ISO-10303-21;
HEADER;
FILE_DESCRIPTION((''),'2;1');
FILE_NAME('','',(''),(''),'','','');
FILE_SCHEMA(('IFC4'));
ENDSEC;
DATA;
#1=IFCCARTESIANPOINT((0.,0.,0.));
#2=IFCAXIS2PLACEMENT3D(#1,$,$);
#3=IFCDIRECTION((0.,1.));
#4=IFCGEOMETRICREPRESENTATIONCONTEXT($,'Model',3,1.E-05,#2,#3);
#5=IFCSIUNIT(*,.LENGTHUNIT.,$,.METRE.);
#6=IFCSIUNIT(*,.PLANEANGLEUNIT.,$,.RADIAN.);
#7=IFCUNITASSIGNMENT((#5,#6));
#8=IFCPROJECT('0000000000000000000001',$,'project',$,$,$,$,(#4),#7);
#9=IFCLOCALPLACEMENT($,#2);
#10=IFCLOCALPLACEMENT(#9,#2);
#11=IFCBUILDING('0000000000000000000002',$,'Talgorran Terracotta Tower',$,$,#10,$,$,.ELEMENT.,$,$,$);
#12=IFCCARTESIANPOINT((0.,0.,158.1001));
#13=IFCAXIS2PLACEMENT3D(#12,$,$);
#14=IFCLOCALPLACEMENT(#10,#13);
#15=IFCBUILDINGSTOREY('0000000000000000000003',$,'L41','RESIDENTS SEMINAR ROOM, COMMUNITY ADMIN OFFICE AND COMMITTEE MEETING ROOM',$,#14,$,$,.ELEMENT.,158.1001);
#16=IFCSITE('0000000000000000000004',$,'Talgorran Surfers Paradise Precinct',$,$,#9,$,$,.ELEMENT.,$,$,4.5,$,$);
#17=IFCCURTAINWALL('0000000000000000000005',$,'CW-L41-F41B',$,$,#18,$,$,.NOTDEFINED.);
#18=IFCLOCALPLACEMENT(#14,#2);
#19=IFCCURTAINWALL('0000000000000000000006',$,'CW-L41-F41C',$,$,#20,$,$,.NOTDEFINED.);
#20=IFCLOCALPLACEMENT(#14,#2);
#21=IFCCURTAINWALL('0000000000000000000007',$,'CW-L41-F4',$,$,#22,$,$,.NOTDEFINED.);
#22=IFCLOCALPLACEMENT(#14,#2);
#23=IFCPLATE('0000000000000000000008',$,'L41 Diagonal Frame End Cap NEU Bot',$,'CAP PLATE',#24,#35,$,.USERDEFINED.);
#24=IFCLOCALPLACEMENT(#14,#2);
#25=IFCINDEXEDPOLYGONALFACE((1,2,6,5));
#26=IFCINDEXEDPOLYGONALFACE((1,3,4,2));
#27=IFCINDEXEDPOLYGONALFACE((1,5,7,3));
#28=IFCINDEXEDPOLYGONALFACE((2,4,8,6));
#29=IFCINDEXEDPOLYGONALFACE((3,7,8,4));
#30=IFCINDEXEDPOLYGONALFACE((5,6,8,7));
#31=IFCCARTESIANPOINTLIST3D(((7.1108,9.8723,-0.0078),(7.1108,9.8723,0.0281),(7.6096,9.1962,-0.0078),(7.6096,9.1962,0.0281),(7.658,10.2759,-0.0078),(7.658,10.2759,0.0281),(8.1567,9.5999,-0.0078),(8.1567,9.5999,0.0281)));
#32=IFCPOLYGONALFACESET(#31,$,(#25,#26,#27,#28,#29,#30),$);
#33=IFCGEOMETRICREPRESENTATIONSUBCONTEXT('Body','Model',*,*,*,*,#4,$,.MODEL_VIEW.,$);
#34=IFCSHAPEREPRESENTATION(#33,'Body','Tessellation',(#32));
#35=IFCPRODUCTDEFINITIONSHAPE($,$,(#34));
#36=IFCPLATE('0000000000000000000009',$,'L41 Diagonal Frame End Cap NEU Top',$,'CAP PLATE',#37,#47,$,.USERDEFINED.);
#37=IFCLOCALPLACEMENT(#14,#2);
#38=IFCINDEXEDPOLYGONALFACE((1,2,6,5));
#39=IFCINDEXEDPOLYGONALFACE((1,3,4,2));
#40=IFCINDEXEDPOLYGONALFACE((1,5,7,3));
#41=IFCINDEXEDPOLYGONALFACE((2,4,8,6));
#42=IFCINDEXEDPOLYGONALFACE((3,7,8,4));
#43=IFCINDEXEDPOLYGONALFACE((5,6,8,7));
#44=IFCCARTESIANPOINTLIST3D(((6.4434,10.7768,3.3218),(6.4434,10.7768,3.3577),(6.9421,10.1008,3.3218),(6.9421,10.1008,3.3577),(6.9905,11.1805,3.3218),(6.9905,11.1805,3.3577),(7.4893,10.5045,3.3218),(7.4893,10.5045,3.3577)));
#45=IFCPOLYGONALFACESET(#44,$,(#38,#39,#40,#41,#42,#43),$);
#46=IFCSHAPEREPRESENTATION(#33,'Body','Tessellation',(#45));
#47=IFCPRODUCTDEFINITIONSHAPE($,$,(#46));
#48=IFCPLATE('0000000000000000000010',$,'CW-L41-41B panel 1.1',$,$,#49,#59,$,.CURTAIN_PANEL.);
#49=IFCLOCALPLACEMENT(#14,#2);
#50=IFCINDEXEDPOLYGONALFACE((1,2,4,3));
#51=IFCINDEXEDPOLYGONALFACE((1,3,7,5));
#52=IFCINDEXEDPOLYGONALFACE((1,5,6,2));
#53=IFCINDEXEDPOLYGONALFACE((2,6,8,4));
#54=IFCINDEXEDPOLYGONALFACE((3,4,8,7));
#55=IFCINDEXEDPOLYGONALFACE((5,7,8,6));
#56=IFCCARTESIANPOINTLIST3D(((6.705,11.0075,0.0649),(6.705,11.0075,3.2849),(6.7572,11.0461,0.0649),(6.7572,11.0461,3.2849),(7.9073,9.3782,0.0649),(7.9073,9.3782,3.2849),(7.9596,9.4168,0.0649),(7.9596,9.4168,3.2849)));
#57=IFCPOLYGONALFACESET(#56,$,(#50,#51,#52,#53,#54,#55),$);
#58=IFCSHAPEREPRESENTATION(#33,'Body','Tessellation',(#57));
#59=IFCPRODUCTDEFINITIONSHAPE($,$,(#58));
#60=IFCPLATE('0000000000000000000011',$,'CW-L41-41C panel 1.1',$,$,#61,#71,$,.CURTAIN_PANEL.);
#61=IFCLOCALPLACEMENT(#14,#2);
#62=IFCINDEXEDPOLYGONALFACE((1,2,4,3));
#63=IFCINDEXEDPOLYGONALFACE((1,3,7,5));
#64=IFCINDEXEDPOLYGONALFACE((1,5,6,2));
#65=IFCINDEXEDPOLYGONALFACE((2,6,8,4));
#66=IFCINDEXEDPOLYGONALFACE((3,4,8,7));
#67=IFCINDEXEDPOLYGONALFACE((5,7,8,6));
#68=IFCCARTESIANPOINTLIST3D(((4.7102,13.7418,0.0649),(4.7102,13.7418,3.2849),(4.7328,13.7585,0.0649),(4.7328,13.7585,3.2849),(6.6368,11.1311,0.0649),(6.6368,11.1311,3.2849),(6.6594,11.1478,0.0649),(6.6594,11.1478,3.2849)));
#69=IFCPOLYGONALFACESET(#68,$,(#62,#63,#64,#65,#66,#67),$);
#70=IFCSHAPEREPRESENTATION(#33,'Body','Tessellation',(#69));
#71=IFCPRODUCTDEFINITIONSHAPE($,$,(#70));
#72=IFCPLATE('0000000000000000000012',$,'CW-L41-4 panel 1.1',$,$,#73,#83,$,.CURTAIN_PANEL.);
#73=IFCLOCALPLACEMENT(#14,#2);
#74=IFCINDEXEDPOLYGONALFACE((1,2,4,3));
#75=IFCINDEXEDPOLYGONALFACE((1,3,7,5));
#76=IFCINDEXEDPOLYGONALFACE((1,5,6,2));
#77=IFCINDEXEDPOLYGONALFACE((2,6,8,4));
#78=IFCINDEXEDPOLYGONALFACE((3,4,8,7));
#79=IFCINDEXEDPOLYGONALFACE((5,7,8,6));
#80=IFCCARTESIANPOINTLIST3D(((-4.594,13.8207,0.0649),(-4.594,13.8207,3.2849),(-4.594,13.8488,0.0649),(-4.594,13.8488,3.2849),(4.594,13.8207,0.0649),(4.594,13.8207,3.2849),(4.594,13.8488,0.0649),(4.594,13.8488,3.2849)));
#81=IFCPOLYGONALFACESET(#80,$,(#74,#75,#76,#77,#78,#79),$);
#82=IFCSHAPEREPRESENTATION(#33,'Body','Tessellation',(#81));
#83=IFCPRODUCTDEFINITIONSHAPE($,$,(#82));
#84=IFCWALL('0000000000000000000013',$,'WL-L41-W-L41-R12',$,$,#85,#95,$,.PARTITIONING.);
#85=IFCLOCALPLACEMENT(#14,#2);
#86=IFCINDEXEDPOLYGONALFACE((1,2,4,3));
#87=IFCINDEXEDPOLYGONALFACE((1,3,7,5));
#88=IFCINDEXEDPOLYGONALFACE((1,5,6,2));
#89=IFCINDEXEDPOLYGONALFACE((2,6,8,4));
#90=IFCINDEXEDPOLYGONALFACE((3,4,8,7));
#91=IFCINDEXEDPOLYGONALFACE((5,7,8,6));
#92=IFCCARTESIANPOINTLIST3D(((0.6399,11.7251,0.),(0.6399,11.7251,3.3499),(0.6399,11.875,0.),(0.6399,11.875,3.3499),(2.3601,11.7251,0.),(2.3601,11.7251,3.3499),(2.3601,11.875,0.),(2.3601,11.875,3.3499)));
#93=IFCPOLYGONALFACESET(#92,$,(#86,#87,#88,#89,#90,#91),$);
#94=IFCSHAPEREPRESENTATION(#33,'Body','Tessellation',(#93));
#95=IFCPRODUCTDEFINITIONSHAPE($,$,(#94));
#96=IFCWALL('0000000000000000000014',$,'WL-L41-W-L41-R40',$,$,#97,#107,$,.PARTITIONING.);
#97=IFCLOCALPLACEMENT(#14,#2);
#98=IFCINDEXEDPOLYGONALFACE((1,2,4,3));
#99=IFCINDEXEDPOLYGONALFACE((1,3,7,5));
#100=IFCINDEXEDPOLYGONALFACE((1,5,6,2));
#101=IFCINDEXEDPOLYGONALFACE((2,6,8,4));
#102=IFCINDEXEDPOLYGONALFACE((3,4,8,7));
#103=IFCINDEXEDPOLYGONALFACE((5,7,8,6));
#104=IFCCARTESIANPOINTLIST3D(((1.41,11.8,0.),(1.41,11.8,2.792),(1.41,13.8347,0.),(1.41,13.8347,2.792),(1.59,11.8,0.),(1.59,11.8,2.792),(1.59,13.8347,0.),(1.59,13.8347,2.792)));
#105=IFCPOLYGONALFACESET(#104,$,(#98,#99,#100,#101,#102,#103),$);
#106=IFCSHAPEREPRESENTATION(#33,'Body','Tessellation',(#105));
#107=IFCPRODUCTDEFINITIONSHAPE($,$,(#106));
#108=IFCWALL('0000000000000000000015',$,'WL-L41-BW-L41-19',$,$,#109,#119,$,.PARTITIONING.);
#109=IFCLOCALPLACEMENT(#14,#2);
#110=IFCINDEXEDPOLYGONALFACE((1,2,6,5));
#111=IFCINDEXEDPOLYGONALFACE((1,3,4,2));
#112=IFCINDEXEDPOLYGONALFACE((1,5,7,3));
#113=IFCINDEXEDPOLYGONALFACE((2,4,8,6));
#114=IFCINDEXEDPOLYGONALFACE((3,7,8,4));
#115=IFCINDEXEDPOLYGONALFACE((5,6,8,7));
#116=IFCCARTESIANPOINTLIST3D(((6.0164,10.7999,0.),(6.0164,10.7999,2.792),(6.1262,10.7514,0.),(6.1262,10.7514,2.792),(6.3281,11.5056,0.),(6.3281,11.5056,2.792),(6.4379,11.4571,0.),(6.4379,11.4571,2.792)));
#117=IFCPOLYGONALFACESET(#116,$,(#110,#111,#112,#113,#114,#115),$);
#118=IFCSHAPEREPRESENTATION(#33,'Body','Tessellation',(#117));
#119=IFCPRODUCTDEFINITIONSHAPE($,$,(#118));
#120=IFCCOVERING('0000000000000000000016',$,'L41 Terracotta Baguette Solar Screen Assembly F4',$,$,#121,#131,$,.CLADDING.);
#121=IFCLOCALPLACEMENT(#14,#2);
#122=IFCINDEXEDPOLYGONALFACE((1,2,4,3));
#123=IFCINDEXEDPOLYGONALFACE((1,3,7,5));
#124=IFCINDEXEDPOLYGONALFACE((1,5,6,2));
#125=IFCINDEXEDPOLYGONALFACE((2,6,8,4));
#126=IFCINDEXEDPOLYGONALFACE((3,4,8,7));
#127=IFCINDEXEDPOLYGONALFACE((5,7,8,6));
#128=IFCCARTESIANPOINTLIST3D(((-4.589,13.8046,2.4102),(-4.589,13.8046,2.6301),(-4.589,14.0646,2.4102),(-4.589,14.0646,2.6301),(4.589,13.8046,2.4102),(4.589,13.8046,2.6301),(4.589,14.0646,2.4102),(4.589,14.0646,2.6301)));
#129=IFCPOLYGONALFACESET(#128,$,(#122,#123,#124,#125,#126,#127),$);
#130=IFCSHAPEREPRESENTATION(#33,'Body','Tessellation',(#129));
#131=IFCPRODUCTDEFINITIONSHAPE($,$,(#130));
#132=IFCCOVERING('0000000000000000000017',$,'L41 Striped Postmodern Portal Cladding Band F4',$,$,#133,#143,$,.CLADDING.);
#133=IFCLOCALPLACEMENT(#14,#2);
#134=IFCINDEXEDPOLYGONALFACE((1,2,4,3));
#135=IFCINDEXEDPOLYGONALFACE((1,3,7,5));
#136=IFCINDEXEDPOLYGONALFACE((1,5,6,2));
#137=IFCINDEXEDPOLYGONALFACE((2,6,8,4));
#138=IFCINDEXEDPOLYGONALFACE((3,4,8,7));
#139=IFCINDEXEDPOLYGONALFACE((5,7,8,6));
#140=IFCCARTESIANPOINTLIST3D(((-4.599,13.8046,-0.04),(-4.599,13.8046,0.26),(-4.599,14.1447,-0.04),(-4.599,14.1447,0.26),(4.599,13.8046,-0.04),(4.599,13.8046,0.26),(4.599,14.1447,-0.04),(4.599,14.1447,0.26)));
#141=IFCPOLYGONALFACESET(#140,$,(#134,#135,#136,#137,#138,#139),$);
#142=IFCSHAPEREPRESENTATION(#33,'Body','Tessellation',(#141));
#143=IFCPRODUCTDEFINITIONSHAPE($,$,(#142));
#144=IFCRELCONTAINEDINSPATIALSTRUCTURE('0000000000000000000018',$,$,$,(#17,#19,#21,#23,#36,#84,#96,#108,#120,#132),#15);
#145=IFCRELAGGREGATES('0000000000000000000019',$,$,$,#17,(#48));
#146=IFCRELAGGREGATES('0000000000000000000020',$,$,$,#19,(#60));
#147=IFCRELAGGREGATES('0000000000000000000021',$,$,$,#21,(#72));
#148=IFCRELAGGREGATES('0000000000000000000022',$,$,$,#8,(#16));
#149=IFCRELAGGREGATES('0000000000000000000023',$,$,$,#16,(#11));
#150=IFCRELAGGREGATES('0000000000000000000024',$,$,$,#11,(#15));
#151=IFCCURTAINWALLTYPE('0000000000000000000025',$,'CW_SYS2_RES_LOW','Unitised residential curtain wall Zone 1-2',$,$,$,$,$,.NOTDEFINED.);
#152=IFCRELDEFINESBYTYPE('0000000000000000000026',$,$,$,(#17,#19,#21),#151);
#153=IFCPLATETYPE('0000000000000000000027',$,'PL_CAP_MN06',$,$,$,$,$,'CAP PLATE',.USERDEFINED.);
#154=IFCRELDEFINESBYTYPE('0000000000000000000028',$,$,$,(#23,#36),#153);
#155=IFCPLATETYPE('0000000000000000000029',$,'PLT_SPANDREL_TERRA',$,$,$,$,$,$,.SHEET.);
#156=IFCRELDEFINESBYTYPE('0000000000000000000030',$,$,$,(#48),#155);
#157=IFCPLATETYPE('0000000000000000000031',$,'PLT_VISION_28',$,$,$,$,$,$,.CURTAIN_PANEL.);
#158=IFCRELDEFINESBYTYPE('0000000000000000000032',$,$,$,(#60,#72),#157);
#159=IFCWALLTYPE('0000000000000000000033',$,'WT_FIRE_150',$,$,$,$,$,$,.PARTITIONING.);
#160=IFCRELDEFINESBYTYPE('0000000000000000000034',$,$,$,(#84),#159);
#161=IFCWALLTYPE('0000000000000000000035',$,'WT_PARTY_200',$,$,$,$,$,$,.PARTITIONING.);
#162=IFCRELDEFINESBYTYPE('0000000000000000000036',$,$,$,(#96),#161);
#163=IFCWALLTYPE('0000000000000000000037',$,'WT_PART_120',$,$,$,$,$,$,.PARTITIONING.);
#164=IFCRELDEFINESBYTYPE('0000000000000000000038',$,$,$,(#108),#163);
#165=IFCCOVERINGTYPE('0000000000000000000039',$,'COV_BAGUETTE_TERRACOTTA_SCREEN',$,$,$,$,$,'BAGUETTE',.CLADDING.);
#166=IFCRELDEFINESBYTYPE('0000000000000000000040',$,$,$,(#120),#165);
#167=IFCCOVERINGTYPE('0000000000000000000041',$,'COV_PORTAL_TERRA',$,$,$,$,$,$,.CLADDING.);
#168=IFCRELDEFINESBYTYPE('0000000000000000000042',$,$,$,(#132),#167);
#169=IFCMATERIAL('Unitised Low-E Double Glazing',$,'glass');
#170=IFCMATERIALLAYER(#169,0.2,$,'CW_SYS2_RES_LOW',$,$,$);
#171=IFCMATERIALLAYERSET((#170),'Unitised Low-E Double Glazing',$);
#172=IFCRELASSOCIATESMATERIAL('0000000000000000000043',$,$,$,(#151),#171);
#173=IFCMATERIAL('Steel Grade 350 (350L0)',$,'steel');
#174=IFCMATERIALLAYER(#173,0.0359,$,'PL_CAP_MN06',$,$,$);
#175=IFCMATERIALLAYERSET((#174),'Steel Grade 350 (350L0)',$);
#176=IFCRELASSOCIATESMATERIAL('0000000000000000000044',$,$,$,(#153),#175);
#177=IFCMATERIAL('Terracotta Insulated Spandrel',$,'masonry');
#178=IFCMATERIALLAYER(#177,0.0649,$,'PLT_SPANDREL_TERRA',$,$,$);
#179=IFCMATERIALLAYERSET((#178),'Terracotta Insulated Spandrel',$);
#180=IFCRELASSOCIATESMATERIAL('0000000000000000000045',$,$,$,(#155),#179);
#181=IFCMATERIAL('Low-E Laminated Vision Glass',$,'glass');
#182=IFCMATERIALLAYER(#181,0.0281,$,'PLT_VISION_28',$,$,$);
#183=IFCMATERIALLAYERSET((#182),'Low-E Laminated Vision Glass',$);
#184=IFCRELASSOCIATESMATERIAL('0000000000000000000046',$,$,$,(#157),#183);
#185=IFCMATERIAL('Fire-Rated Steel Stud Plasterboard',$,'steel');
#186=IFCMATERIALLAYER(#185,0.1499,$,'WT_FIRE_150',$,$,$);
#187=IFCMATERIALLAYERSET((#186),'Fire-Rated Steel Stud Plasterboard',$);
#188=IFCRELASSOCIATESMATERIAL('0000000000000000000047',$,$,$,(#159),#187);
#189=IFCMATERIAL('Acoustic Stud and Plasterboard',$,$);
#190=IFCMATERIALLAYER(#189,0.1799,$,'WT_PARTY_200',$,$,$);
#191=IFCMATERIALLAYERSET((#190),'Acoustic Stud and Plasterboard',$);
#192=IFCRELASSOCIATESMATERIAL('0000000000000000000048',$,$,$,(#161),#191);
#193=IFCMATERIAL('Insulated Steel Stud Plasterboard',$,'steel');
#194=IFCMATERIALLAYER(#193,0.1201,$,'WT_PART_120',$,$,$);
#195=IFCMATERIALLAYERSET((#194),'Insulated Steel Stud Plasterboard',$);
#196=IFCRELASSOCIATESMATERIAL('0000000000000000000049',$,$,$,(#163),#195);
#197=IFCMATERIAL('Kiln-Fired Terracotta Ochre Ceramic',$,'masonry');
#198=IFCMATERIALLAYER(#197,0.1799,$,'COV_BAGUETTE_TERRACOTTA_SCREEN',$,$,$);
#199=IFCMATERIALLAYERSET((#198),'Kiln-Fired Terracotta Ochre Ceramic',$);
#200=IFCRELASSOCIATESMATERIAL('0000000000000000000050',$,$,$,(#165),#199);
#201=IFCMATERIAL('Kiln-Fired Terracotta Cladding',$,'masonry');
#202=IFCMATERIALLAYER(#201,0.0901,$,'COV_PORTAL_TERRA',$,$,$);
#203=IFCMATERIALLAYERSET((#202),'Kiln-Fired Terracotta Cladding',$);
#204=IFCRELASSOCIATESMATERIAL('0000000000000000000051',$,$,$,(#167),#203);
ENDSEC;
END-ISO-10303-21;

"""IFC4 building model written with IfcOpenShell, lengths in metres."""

from ifc_helpers import new_model, si_unit, direction, frame, frame_2d, origin, origin_2d, place, context, subcontext, project, spatial, rectangle, extrude, source, transform, mapped, material, layer, layer_set, type_object, type_shapes, element, aggregate, save


model = new_model("IFC4")

# Units and contexts
model_context = context("Model", 3, precision=1e-05, world=origin(), true_north=direction((0.0, 1.0)))
body_context = subcontext(model_context, "Body", "Model", "MODEL_VIEW")
ifc_project = project(units=[si_unit("LENGTHUNIT", "METRE"), si_unit("PLANEANGLEUNIT", "RADIAN")], contexts=[model_context])

# Site, building, storey
site_placement = place(None, origin())
site = spatial("IfcSite", under=ifc_project, at=site_placement, Name="Talgorran Surfers Paradise Precinct", CompositionType="ELEMENT", RefElevation=4.5)
building_placement = place(site_placement, origin())
building = spatial("IfcBuilding", under=site, at=building_placement, Name="Talgorran Terracotta Tower", CompositionType="ELEMENT")
storey_placement = place(building_placement, frame((0.0, 0.0, 158.1001)))
storey = spatial("IfcBuildingStorey", under=building, at=storey_placement, Name="L41", Description="RESIDENTS SEMINAR ROOM, COMMUNITY ADMIN OFFICE AND COMMITTEE MEETING ROOM", CompositionType="ELEMENT", Elevation=158.1001)

# Shared definitions
ifc_material_1 = material(Name="Steel Grade 350 (350L0)", Category="steel")

# Curtain wall
ifc_material_2 = material(Name="Unitised Low-E Double Glazing", Category="glass")
ifc_layer_1 = layer(ifc_material_2, 0.2, Name="CW_SYS2_RES_LOW")
ifc_layer_set_1 = layer_set([ifc_layer_1], Name="Unitised Low-E Double Glazing")
curtain_wall_type = type_object("IfcCurtainWallType", Name="CW_SYS2_RES_LOW", Description="Unitised residential curtain wall Zone 1-2", PredefinedType="NOTDEFINED", material=ifc_layer_set_1)
curtain_wall_1_placement = place(storey_placement, origin())
curtain_wall_1 = element("IfcCurtainWall", 1, at=curtain_wall_1_placement, inside=storey, type_object=curtain_wall_type, Name="CW-L41-F41B", PredefinedType="NOTDEFINED")

# Curtain wall
curtain_wall_2_placement = place(storey_placement, origin())
curtain_wall_2 = element("IfcCurtainWall", 2, at=curtain_wall_2_placement, inside=storey, type_object=curtain_wall_type, Name="CW-L41-F41C", PredefinedType="NOTDEFINED")

# Curtain wall
curtain_wall_3_placement = place(storey_placement, origin())
curtain_wall_3 = element("IfcCurtainWall", 3, at=curtain_wall_3_placement, inside=storey, type_object=curtain_wall_type, Name="CW-L41-F4", PredefinedType="NOTDEFINED")

# Plates
ifc_layer_2 = layer(ifc_material_1, 0.0359, Name="PL_CAP_MN06")
ifc_layer_set_2 = layer_set([ifc_layer_2], Name="Steel Grade 350 (350L0)")
plate_type_1 = type_object("IfcPlateType", Name="PL_CAP_MN06", ElementType="CAP PLATE", PredefinedType="USERDEFINED", material=ifc_layer_set_2)
for number, where, z_axis, x_axis, name in (
    (4, (7.6338, 9.7361, -0.0078), (0.0, 0.0, 1.0), (-0.5937, 0.804687, 0.0), "L41 Diagonal Frame End Cap NEU Bot"),
    (5, (6.9663, 10.6406, 3.3218), (0.0, 0.0, 1.0), (-0.5937, 0.804687, 0.0), "L41 Diagonal Frame End Cap NEU Top"),
):
    element("IfcPlate", number, at=place(storey_placement, frame(where, z_axis=z_axis, x_axis=x_axis)), inside=storey, type_object=plate_type_1, Name=name, ObjectType="CAP PLATE", PredefinedType="USERDEFINED", context=body_context, shape_type="SweptSolid", body=[
        extrude(rectangle(XDim=0.8401, YDim=0.6799, at=origin_2d()), origin(), (0.0, 0.0, 1.0), 0.0359),
    ])

# Plates
ifc_material_3 = material(Name="Terracotta Insulated Spandrel", Category="masonry")
ifc_layer_3 = layer(ifc_material_3, 0.0649, Name="PLT_SPANDREL_TERRA")
ifc_layer_set_3 = layer_set([ifc_layer_3], Name="Terracotta Insulated Spandrel")
plate_type_2 = type_object("IfcPlateType", Name="PLT_SPANDREL_TERRA", PredefinedType="SHEET", material=ifc_layer_set_3)
shared_shape_1 = source(origin(), body_context, "Body", "SweptSolid", [
    extrude(rectangle(XDim=2.0249, YDim=0.0649, at=origin_2d()), origin(), (0.0, 0.0, 1.0), 3.22),
])
type_shapes(plate_type_2, [shared_shape_1])
plate_1_placement = place(storey_placement, frame((7.3323, 10.2122, 0.0649), z_axis=(0.0, 0.0, 1.0), x_axis=(-0.593797, 0.804615, 0.0)))
plate_1 = element("IfcPlate", 6, at=plate_1_placement, type_object=plate_type_2, Name="CW-L41-41B panel 1.1", PredefinedType="CURTAIN_PANEL", context=body_context, shape_type="MappedRepresentation", body=[
    mapped(shared_shape_1, transform((0.0, 0.0, 0.0), scale=1.0)),
])
aggregate(curtain_wall_1, [plate_1])
ifc_material_4 = material(Name="Low-E Laminated Vision Glass", Category="glass")
ifc_layer_4 = layer(ifc_material_4, 0.0281, Name="PLT_VISION_28")
ifc_layer_set_4 = layer_set([ifc_layer_4], Name="Low-E Laminated Vision Glass")
plate_type_3 = type_object("IfcPlateType", Name="PLT_VISION_28", PredefinedType="CURTAIN_PANEL", material=ifc_layer_set_4)
shared_shape_2 = source(origin(), body_context, "Body", "SweptSolid", [
    extrude(rectangle(XDim=3.2446, YDim=0.0281, at=origin_2d()), origin(), (0.0, 0.0, 1.0), 3.22),
])
plate_2_placement = place(storey_placement, frame((5.6848, 12.4448, 0.0649), z_axis=(0.0, 0.0, 1.0), x_axis=(-0.593785, 0.804624, 0.0)))
plate_2 = element("IfcPlate", 7, at=plate_2_placement, type_object=plate_type_3, Name="CW-L41-41C panel 1.1", PredefinedType="CURTAIN_PANEL", context=body_context, shape_type="MappedRepresentation", body=[
    mapped(shared_shape_2, transform((0.0, 0.0, 0.0), scale=1.0)),
])
aggregate(curtain_wall_2, [plate_2])
shared_shape_3 = source(origin(), body_context, "Body", "SweptSolid", [
    extrude(rectangle(XDim=9.188, YDim=0.0281, at=origin_2d()), origin(), (0.0, 0.0, 1.0), 3.22),
])
type_shapes(plate_type_3, [shared_shape_2, shared_shape_3])
plate_3_placement = place(storey_placement, frame((0.0, 13.8347, 0.0649), z_axis=(0.0, 0.0, 1.0), x_axis=(-1.0, 0.0, 0.0)))
plate_3 = element("IfcPlate", 8, at=plate_3_placement, type_object=plate_type_3, Name="CW-L41-4 panel 1.1", PredefinedType="CURTAIN_PANEL", context=body_context, shape_type="MappedRepresentation", body=[
    mapped(shared_shape_3, transform((0.0, 0.0, 0.0), scale=1.0)),
])
aggregate(curtain_wall_3, [plate_3])

# Walls
ifc_material_5 = material(Name="Fire-Rated Steel Stud Plasterboard", Category="steel")
ifc_layer_5 = layer(ifc_material_5, 0.1499, Name="WT_FIRE_150")
ifc_layer_set_5 = layer_set([ifc_layer_5], Name="Fire-Rated Steel Stud Plasterboard")
wall_type_1 = type_object("IfcWallType", Name="WT_FIRE_150", PredefinedType="PARTITIONING", material=ifc_layer_set_5)
wall_1_placement = place(storey_placement, frame((0.6399, 11.8, 0.0), z_axis=(0.0, 0.0, 1.0), x_axis=(1.0, 0.0, 0.0)))
element("IfcWall", 9, at=wall_1_placement, inside=storey, type_object=wall_type_1, Name="WL-L41-W-L41-R12", PredefinedType="PARTITIONING", context=body_context, shape_type="SweptSolid", body=[
    extrude(rectangle(XDim=1.7202, YDim=0.1499, at=frame_2d((0.8601, 0.0))), origin(), (0.0, 0.0, 1.0), 3.3499),
])
ifc_material_6 = material(Name="Acoustic Stud and Plasterboard")
ifc_layer_6 = layer(ifc_material_6, 0.1799, Name="WT_PARTY_200")
ifc_layer_set_6 = layer_set([ifc_layer_6], Name="Acoustic Stud and Plasterboard")
wall_type_2 = type_object("IfcWallType", Name="WT_PARTY_200", PredefinedType="PARTITIONING", material=ifc_layer_set_6)
wall_2_placement = place(storey_placement, frame((1.5, 11.8, 0.0), z_axis=(0.0, 0.0, 1.0), x_axis=(0.0, 1.0, 0.0)))
element("IfcWall", 10, at=wall_2_placement, inside=storey, type_object=wall_type_2, Name="WL-L41-W-L41-R40", PredefinedType="PARTITIONING", context=body_context, shape_type="SweptSolid", body=[
    extrude(rectangle(XDim=2.0347, YDim=0.1799, at=frame_2d((1.0173, 0.0))), origin(), (0.0, 0.0, 1.0), 2.792),
])
ifc_material_7 = material(Name="Insulated Steel Stud Plasterboard", Category="steel")
ifc_layer_7 = layer(ifc_material_7, 0.1201, Name="WT_PART_120")
ifc_layer_set_7 = layer_set([ifc_layer_7], Name="Insulated Steel Stud Plasterboard")
wall_type_3 = type_object("IfcWallType", Name="WT_PART_120", PredefinedType="PARTITIONING", material=ifc_layer_set_7)
wall_3_placement = place(storey_placement, frame((6.0713, 10.7756, 0.0), z_axis=(0.0, 0.0, 1.0), x_axis=(0.404053, 0.914736, 0.0)))
element("IfcWall", 11, at=wall_3_placement, inside=storey, type_object=wall_type_3, Name="WL-L41-BW-L41-19", PredefinedType="PARTITIONING", context=body_context, shape_type="SweptSolid", body=[
    extrude(rectangle(XDim=0.7715, YDim=0.1201, at=frame_2d((0.3857, 0.0))), origin(), (0.0, 0.0, 1.0), 2.792),
])

# Coverings
ifc_material_8 = material(Name="Kiln-Fired Terracotta Ochre Ceramic", Category="masonry")
ifc_layer_8 = layer(ifc_material_8, 0.1799, Name="COV_BAGUETTE_TERRACOTTA_SCREEN")
ifc_layer_set_8 = layer_set([ifc_layer_8], Name="Kiln-Fired Terracotta Ochre Ceramic")
covering_type_1 = type_object("IfcCoveringType", Name="COV_BAGUETTE_TERRACOTTA_SCREEN", ElementType="BAGUETTE", PredefinedType="CLADDING", material=ifc_layer_set_8)
covering_1_placement = place(storey_placement, frame((0.0, 13.9346, 2.4102), z_axis=(0.0, 0.0, 1.0), x_axis=(-1.0, 0.0, 0.0)))
element("IfcCovering", 12, at=covering_1_placement, inside=storey, type_object=covering_type_1, Name="L41 Terracotta Baguette Solar Screen Assembly F4", PredefinedType="CLADDING", context=body_context, shape_type="SweptSolid", body=[
    extrude(rectangle(XDim=9.178, YDim=0.26, at=origin_2d()), origin(), (0.0, 0.0, 1.0), 0.22),
])
ifc_material_9 = material(Name="Kiln-Fired Terracotta Cladding", Category="masonry")
ifc_layer_9 = layer(ifc_material_9, 0.0901, Name="COV_PORTAL_TERRA")
ifc_layer_set_9 = layer_set([ifc_layer_9], Name="Kiln-Fired Terracotta Cladding")
covering_type_2 = type_object("IfcCoveringType", Name="COV_PORTAL_TERRA", PredefinedType="CLADDING", material=ifc_layer_set_9)
covering_2_placement = place(storey_placement, frame((0.0, 13.9746, -0.04), z_axis=(0.0, 0.0, 1.0), x_axis=(-1.0, 0.0, 0.0)))
element("IfcCovering", 13, at=covering_2_placement, inside=storey, type_object=covering_type_2, Name="L41 Striped Postmodern Portal Cladding Band F4", PredefinedType="CLADDING", context=body_context, shape_type="SweptSolid", body=[
    extrude(rectangle(XDim=9.198, YDim=0.3401, at=origin_2d()), origin(), (0.0, 0.0, 1.0), 0.3),
])

save(model, "model.ifc")
